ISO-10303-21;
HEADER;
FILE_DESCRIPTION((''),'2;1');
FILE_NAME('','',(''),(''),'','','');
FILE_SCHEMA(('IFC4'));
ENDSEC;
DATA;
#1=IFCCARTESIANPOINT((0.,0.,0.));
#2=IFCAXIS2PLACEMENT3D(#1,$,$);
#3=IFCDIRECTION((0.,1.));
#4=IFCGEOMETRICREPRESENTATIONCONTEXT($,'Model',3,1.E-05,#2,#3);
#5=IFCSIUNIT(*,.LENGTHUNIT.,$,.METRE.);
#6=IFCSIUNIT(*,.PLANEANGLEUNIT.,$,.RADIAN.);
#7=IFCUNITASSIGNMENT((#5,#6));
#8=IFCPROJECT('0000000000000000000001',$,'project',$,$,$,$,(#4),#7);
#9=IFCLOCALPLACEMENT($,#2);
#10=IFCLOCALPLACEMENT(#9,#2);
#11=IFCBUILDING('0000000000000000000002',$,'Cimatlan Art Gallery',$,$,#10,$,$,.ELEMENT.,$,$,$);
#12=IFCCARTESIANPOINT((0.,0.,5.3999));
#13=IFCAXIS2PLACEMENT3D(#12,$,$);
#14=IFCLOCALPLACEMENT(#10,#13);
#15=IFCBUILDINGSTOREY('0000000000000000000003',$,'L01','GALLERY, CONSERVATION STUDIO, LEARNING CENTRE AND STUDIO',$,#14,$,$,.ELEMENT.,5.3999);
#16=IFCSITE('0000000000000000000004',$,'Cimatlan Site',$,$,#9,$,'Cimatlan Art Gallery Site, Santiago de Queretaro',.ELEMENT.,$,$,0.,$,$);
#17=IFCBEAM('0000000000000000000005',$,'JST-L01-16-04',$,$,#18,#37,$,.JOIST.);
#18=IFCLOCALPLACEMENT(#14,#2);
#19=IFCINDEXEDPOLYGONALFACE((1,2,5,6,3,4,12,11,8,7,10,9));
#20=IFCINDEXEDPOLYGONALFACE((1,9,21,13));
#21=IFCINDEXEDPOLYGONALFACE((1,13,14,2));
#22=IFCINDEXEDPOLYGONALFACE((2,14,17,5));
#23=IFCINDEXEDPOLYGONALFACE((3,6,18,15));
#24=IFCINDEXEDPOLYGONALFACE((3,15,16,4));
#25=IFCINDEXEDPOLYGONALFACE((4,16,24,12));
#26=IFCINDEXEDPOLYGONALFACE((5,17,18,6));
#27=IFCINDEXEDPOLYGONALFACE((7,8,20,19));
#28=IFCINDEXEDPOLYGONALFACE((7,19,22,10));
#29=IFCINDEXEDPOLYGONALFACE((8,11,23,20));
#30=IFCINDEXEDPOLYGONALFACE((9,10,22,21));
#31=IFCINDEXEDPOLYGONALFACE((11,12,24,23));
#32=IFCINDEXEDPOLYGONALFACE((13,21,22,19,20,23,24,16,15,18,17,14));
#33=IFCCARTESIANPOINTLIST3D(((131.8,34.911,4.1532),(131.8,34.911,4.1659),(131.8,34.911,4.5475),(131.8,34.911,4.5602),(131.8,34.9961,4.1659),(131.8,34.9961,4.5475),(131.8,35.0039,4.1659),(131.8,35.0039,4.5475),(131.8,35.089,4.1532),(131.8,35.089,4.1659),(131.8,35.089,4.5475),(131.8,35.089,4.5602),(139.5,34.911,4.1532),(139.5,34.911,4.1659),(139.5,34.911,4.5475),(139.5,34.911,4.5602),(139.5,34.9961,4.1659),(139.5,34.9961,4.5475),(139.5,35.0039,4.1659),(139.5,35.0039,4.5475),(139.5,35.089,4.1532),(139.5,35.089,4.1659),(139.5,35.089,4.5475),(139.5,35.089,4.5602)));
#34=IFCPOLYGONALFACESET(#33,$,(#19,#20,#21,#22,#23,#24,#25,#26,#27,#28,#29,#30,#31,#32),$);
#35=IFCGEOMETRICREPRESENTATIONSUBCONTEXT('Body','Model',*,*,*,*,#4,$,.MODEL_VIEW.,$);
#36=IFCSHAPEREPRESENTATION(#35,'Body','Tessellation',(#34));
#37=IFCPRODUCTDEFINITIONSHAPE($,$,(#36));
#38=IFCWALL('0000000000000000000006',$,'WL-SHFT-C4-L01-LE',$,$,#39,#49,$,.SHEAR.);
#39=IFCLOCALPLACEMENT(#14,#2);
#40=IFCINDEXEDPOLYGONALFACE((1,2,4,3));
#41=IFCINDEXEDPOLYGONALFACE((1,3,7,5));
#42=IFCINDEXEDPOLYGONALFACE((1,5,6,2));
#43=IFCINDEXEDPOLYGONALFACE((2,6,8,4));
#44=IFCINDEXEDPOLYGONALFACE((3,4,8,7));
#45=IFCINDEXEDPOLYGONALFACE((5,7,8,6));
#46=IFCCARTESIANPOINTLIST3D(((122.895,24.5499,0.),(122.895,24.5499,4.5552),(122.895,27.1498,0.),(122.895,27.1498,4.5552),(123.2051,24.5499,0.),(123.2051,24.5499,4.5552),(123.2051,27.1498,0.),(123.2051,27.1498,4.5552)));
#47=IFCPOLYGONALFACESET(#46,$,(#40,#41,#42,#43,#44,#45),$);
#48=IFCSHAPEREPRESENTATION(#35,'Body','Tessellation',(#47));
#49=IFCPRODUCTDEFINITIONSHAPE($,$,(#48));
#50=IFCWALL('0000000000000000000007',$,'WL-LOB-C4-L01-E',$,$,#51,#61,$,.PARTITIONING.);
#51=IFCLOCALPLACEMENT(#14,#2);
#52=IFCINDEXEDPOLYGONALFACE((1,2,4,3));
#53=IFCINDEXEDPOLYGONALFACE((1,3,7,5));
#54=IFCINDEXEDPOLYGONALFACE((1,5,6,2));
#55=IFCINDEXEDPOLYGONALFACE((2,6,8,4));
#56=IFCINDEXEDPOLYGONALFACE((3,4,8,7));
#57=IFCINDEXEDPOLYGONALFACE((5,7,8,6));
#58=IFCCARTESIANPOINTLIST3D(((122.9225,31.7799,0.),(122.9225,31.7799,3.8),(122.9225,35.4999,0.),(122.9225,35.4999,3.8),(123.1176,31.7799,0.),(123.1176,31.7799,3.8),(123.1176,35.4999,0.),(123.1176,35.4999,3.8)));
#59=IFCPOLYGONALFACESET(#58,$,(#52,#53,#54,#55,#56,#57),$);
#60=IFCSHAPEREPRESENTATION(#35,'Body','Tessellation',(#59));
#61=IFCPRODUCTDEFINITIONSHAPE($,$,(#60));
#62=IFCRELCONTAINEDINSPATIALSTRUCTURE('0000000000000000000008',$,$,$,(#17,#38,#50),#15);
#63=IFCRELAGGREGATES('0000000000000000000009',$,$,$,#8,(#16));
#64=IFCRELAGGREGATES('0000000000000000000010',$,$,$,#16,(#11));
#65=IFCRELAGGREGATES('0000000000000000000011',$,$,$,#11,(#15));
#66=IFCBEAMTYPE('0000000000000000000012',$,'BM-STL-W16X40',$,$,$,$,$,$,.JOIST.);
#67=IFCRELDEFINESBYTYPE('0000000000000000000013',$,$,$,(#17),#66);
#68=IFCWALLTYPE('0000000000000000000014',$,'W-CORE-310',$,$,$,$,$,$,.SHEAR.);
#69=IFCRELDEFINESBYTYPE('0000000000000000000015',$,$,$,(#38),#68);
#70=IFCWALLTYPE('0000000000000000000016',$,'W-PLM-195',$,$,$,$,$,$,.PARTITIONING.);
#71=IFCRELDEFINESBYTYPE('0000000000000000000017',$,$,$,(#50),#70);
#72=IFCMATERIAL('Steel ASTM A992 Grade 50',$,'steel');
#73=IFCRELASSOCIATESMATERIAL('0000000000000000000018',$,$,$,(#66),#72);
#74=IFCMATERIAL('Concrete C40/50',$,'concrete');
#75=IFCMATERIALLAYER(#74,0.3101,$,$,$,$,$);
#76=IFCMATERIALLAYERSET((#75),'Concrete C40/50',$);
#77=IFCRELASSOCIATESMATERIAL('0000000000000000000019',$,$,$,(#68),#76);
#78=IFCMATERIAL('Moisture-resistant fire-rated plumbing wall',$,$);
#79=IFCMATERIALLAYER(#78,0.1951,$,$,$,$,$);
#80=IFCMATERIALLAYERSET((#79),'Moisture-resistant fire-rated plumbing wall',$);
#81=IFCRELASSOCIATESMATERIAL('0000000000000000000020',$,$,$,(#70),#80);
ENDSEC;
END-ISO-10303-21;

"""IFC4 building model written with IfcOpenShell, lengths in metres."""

from ifc_helpers import new_model, si_unit, direction, frame, frame_2d, origin, origin_2d, place, context, subcontext, project, spatial, rectangle, i_section, extrude, material, layer, layer_set, material_profile, profile_set, type_object, element, save


model = new_model("IFC4")

# Units and contexts
model_context = context("Model", 3, precision=1e-05, world=origin(), true_north=direction((0.0, 1.0)))
body_context = subcontext(model_context, "Body", "Model", "MODEL_VIEW")
ifc_project = project(units=[si_unit("LENGTHUNIT", "METRE"), si_unit("PLANEANGLEUNIT", "RADIAN")], contexts=[model_context])

# Site, building, storey
site_placement = place(None, origin())
site = spatial("IfcSite", under=ifc_project, at=site_placement, Name="Cimatlan Site", LongName="Cimatlan Art Gallery Site, Santiago de Queretaro", CompositionType="ELEMENT", RefElevation=0.0)
building_placement = place(site_placement, origin())
building = spatial("IfcBuilding", under=site, at=building_placement, Name="Cimatlan Art Gallery", CompositionType="ELEMENT")
storey_placement = place(building_placement, frame((0.0, 0.0, 5.3999)))
storey = spatial("IfcBuildingStorey", under=building, at=storey_placement, Name="L01", Description="GALLERY, CONSERVATION STUDIO, LEARNING CENTRE AND STUDIO", CompositionType="ELEMENT", Elevation=5.3999)

# Beam
ifc_material_1 = material(Name="Concrete C40/50", Category="concrete")
ifc_material_2 = material(Name="Steel ASTM A992 Grade 50", Category="steel")
ifc_material_profile_1 = material_profile(ifc_material_2, i_section(OverallWidth=0.178, OverallDepth=0.407, WebThickness=0.0078, FlangeThickness=0.0127, at=origin_2d()), Name="W16X40")
ifc_profile_set_1 = profile_set([ifc_material_profile_1], Name="Steel ASTM A992 Grade 50")
beam_type_1 = type_object("IfcBeamType", Name="BM-STL-W16X40", PredefinedType="JOIST", material=ifc_profile_set_1)
for number, where, z_axis, x_axis, name in (
    (1, (131.8, 35.0, 4.3567), (1.0, 0.0, 0.0), (0.0, 1.0, 0.0), "JST-L01-16-04"),
):
    element("IfcBeam", number, at=place(storey_placement, frame(where, z_axis=z_axis, x_axis=x_axis)), inside=storey, type_object=beam_type_1, Name=name, PredefinedType="JOIST", context=body_context, shape_type="SweptSolid", body=[
        extrude(i_section(OverallWidth=0.178, OverallDepth=0.407, WebThickness=0.0078, FlangeThickness=0.0127, at=origin_2d()), origin(), (0.0, 0.0, 1.0), 7.7),
    ])

# Wall
ifc_layer_1 = layer(ifc_material_1, 0.3101)
ifc_layer_set_1 = layer_set([ifc_layer_1], Name="Concrete C40/50")
wall_type_1 = type_object("IfcWallType", Name="W-CORE-310", PredefinedType="SHEAR", material=ifc_layer_set_1)
wall_1_placement = place(storey_placement, frame((123.05, 24.55, 0.0), z_axis=(0.0, 0.0, 1.0), x_axis=(0.0, 1.0, 0.0)))
element("IfcWall", 2, at=wall_1_placement, inside=storey, type_object=wall_type_1, Name="WL-SHFT-C4-L01-LE", PredefinedType="SHEAR", context=body_context, shape_type="SweptSolid", body=[
    extrude(rectangle(XDim=2.5999, YDim=0.3101, at=frame_2d((1.2998, 0.0))), origin(), (0.0, 0.0, 1.0), 4.5552),
])

# Wall
ifc_material_3 = material(Name="Moisture-resistant fire-rated plumbing wall")
ifc_layer_2 = layer(ifc_material_3, 0.1951)
ifc_layer_set_2 = layer_set([ifc_layer_2], Name="Moisture-resistant fire-rated plumbing wall")
wall_type_2 = type_object("IfcWallType", Name="W-PLM-195", PredefinedType="PARTITIONING", material=ifc_layer_set_2)
wall_2_placement = place(storey_placement, frame((123.02, 31.78, 0.0), z_axis=(0.0, 0.0, 1.0), x_axis=(0.0, 1.0, 0.0)))
element("IfcWall", 3, at=wall_2_placement, inside=storey, type_object=wall_type_2, Name="WL-LOB-C4-L01-E", PredefinedType="PARTITIONING", context=body_context, shape_type="SweptSolid", body=[
    extrude(rectangle(XDim=3.72, YDim=0.1951, at=frame_2d((1.8599, 0.0))), origin(), (0.0, 0.0, 1.0), 3.8),
])

save(model, "model.ifc")
